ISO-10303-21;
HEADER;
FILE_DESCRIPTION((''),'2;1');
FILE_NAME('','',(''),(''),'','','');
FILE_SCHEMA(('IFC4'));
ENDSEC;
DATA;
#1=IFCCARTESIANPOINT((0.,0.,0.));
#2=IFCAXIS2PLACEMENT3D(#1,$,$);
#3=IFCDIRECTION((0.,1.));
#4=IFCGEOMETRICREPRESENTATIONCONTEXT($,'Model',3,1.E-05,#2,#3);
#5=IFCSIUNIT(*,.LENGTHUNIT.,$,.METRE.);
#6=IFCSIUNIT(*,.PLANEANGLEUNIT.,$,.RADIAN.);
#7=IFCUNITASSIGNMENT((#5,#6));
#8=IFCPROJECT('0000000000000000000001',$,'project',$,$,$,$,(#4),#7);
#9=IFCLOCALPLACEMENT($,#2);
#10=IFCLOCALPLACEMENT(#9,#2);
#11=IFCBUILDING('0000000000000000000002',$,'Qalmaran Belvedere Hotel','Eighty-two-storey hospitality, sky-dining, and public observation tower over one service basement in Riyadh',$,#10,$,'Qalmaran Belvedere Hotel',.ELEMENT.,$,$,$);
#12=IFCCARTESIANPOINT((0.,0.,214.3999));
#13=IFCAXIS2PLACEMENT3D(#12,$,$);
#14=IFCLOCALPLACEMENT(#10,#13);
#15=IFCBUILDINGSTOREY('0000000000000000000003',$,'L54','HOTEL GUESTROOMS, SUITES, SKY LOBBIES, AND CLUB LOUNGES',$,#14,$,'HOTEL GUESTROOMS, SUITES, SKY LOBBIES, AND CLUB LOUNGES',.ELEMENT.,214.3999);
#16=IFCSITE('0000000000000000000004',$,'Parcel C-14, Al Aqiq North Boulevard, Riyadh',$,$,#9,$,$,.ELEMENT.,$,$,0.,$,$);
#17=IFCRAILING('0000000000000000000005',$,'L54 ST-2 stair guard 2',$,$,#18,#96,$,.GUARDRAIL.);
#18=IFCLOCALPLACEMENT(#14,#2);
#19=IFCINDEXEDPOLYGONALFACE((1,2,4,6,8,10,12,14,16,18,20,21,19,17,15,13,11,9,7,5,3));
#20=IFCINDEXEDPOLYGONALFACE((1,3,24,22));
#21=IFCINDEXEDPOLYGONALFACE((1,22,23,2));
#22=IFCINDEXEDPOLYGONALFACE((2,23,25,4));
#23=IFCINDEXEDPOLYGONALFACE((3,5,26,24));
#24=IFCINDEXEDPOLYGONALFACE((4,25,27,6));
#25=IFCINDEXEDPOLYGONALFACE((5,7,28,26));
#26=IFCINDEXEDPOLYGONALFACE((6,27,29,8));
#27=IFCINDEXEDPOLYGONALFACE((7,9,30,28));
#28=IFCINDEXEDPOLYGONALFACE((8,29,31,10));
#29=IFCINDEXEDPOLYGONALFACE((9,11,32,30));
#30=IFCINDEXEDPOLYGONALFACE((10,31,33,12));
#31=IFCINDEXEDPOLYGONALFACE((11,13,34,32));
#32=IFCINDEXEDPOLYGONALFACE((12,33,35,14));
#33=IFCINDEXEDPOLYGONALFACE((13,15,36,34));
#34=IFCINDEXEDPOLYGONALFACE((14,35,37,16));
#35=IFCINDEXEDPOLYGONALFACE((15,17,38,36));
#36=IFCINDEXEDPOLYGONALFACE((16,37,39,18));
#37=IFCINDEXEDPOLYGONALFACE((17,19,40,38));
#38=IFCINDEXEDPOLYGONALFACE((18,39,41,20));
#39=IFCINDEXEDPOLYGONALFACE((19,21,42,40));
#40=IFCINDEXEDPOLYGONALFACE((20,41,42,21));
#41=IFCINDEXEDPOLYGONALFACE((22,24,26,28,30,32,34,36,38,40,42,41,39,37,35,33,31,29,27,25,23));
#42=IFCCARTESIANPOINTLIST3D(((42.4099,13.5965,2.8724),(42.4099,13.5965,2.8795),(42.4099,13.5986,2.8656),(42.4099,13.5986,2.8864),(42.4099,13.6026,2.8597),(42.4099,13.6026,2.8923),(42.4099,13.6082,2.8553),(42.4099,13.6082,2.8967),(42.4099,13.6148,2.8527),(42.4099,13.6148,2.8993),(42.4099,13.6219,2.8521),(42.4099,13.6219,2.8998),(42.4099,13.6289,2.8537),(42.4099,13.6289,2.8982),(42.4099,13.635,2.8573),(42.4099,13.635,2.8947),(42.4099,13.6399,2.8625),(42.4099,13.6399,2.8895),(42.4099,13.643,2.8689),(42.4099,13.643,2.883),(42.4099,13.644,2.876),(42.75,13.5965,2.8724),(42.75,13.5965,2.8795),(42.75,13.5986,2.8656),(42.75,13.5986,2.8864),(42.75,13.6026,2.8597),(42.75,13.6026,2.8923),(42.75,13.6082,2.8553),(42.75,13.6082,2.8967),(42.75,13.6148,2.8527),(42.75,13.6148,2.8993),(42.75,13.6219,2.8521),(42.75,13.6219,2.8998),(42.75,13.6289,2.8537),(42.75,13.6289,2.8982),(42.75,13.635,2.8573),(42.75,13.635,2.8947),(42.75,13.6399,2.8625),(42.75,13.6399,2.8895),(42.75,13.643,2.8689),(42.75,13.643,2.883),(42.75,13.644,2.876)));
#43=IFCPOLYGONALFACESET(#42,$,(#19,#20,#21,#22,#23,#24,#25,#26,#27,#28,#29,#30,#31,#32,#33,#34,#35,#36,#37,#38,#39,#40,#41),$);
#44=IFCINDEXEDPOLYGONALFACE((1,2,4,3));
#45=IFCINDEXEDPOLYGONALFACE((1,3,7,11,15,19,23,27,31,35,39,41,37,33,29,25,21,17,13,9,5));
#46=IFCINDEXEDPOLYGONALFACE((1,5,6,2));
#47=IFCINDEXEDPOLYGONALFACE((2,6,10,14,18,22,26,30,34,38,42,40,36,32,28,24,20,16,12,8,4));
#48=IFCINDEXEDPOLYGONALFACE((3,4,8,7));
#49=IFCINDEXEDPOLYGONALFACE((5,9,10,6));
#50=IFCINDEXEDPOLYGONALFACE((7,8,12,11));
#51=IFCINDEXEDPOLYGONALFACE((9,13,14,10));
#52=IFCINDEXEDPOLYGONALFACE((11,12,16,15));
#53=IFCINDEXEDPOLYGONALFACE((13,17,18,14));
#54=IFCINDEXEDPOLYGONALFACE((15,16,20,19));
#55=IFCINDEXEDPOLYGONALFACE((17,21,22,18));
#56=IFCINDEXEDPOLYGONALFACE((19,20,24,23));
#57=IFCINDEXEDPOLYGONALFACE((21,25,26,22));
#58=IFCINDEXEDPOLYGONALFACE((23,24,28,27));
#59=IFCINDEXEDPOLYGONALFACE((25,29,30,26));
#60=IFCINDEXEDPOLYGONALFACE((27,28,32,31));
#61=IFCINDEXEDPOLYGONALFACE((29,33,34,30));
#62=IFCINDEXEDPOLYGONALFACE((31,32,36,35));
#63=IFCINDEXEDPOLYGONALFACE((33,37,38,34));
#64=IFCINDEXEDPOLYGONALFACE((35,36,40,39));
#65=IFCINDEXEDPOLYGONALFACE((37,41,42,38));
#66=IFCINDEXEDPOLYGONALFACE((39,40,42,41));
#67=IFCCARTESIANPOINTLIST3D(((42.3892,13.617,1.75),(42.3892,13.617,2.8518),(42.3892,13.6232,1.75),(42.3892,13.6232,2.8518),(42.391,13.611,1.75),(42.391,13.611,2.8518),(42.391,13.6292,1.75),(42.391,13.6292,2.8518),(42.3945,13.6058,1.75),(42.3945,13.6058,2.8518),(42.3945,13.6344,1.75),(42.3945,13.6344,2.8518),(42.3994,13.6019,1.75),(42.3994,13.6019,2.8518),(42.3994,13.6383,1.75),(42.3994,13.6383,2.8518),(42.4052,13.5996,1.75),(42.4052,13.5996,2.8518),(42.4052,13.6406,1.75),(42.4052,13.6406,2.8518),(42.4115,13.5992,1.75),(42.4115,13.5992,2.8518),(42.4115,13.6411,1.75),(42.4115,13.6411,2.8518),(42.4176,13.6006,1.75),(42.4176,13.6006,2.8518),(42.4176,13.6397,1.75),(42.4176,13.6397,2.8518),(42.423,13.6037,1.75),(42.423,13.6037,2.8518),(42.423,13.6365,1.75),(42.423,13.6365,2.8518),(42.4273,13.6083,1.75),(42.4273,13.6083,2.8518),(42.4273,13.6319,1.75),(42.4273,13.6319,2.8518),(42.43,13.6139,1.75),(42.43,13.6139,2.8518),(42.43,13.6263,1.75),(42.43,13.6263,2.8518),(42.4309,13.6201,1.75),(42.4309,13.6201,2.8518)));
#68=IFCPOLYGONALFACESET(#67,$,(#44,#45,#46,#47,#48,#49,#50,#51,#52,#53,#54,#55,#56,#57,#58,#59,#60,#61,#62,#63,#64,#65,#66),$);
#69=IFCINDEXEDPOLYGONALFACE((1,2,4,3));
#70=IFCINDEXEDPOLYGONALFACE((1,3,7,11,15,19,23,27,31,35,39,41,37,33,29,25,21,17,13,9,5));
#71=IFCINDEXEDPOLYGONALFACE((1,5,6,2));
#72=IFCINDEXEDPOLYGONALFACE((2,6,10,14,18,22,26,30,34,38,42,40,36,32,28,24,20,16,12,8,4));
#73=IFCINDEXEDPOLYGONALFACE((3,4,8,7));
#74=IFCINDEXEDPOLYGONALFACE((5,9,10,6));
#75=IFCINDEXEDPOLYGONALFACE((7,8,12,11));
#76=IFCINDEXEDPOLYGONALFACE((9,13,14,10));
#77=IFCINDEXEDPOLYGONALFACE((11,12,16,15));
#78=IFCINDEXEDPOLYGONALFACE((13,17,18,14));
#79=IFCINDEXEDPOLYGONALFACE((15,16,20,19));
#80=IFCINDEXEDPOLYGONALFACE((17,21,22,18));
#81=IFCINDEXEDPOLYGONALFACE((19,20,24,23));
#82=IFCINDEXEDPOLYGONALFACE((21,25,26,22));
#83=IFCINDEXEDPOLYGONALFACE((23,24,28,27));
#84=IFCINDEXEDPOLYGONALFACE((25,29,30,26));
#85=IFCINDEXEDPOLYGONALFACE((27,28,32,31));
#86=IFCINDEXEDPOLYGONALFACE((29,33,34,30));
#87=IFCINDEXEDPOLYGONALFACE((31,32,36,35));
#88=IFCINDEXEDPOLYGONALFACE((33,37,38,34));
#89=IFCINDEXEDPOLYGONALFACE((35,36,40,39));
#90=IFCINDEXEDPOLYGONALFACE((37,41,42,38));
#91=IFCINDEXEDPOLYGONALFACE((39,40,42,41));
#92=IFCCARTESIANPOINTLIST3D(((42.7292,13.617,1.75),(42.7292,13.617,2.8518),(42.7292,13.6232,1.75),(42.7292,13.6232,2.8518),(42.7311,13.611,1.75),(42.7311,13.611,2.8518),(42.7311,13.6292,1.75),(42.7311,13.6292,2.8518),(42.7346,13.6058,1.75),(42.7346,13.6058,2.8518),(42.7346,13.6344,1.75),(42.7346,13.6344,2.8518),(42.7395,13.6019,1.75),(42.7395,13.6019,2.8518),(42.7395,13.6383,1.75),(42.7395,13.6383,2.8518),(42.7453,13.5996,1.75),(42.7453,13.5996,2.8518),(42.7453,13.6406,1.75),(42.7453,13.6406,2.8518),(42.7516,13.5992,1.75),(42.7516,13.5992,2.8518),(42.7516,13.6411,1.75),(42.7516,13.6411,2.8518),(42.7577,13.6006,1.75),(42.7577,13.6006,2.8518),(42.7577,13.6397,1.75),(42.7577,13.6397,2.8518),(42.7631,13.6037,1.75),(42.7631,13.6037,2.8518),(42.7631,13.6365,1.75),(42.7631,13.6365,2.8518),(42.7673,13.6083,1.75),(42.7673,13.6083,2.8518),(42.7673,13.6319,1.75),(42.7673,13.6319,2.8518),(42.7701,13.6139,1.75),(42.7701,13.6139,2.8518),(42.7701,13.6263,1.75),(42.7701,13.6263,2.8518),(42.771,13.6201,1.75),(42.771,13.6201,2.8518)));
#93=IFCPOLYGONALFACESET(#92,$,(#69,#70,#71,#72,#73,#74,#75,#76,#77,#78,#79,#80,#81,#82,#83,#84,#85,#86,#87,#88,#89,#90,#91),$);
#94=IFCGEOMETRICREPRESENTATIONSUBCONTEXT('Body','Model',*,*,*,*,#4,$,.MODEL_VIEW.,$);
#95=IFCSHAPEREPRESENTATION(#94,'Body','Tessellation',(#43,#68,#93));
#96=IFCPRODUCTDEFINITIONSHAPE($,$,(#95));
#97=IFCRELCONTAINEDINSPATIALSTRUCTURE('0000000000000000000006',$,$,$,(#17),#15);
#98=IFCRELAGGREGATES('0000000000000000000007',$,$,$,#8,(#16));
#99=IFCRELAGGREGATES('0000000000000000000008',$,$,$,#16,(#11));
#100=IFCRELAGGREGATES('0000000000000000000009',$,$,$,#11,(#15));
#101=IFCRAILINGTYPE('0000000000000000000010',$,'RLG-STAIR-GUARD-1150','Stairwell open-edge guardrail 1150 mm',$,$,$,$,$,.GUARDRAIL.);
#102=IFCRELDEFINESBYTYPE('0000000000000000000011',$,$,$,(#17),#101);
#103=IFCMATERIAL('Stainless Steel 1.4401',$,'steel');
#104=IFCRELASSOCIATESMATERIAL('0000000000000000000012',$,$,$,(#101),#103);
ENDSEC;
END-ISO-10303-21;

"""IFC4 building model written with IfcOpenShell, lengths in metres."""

from ifc_helpers import new_model, si_unit, direction, frame, origin, origin_2d, place, context, subcontext, project, spatial, circle, extrude, material, type_object, element, save


model = new_model("IFC4")

# Units and contexts
model_context = context("Model", 3, precision=1e-05, world=origin(), true_north=direction((0.0, 1.0)))
body_context = subcontext(model_context, "Body", "Model", "MODEL_VIEW")
ifc_project = project(units=[si_unit("LENGTHUNIT", "METRE"), si_unit("PLANEANGLEUNIT", "RADIAN")], contexts=[model_context])

# Site, building, storey
site_placement = place(None, origin())
site = spatial("IfcSite", under=ifc_project, at=site_placement, Name="Parcel C-14, Al Aqiq North Boulevard, Riyadh", CompositionType="ELEMENT", RefElevation=0.0)
building_placement = place(site_placement, origin())
building = spatial("IfcBuilding", under=site, at=building_placement, Name="Qalmaran Belvedere Hotel", Description="Eighty-two-storey hospitality, sky-dining, and public observation tower over one service basement in Riyadh", LongName="Qalmaran Belvedere Hotel", CompositionType="ELEMENT")
storey_placement = place(building_placement, frame((0.0, 0.0, 214.3999)))
storey = spatial("IfcBuildingStorey", under=building, at=storey_placement, Name="L54", Description="HOTEL GUESTROOMS, SUITES, SKY LOBBIES, AND CLUB LOUNGES", LongName="HOTEL GUESTROOMS, SUITES, SKY LOBBIES, AND CLUB LOUNGES", CompositionType="ELEMENT", Elevation=214.3999)

# Railing
ifc_material_1 = material(Name="Stainless Steel 1.4401", Category="steel")
railing_type_1 = type_object("IfcRailingType", Name="RLG-STAIR-GUARD-1150", Description="Stairwell open-edge guardrail 1150 mm", PredefinedType="GUARDRAIL", material=ifc_material_1)
railing_1_placement = place(storey_placement, frame((42.4099, 13.6201, 1.75)))
element("IfcRailing", 1, at=railing_1_placement, inside=storey, type_object=railing_type_1, Name="L54 ST-2 stair guard 2", PredefinedType="GUARDRAIL", context=body_context, shape_type="SweptSolid", body=[
    extrude(circle(Radius=0.0239, at=origin_2d()), frame((0.0, 0.0, 1.126), z_axis=(1.0, 0.0, 0.0), x_axis=(0.0, 1.0, 0.0)), (0.0, 0.0, 1.0), 0.3401),
    extrude(circle(Radius=0.021, at=origin_2d()), origin(), (0.0, 0.0, 1.0), 1.1018),
    extrude(circle(Radius=0.021, at=origin_2d()), frame((0.3401, 0.0, 0.0)), (0.0, 0.0, 1.0), 1.1018),
])

save(model, "model.ifc")
